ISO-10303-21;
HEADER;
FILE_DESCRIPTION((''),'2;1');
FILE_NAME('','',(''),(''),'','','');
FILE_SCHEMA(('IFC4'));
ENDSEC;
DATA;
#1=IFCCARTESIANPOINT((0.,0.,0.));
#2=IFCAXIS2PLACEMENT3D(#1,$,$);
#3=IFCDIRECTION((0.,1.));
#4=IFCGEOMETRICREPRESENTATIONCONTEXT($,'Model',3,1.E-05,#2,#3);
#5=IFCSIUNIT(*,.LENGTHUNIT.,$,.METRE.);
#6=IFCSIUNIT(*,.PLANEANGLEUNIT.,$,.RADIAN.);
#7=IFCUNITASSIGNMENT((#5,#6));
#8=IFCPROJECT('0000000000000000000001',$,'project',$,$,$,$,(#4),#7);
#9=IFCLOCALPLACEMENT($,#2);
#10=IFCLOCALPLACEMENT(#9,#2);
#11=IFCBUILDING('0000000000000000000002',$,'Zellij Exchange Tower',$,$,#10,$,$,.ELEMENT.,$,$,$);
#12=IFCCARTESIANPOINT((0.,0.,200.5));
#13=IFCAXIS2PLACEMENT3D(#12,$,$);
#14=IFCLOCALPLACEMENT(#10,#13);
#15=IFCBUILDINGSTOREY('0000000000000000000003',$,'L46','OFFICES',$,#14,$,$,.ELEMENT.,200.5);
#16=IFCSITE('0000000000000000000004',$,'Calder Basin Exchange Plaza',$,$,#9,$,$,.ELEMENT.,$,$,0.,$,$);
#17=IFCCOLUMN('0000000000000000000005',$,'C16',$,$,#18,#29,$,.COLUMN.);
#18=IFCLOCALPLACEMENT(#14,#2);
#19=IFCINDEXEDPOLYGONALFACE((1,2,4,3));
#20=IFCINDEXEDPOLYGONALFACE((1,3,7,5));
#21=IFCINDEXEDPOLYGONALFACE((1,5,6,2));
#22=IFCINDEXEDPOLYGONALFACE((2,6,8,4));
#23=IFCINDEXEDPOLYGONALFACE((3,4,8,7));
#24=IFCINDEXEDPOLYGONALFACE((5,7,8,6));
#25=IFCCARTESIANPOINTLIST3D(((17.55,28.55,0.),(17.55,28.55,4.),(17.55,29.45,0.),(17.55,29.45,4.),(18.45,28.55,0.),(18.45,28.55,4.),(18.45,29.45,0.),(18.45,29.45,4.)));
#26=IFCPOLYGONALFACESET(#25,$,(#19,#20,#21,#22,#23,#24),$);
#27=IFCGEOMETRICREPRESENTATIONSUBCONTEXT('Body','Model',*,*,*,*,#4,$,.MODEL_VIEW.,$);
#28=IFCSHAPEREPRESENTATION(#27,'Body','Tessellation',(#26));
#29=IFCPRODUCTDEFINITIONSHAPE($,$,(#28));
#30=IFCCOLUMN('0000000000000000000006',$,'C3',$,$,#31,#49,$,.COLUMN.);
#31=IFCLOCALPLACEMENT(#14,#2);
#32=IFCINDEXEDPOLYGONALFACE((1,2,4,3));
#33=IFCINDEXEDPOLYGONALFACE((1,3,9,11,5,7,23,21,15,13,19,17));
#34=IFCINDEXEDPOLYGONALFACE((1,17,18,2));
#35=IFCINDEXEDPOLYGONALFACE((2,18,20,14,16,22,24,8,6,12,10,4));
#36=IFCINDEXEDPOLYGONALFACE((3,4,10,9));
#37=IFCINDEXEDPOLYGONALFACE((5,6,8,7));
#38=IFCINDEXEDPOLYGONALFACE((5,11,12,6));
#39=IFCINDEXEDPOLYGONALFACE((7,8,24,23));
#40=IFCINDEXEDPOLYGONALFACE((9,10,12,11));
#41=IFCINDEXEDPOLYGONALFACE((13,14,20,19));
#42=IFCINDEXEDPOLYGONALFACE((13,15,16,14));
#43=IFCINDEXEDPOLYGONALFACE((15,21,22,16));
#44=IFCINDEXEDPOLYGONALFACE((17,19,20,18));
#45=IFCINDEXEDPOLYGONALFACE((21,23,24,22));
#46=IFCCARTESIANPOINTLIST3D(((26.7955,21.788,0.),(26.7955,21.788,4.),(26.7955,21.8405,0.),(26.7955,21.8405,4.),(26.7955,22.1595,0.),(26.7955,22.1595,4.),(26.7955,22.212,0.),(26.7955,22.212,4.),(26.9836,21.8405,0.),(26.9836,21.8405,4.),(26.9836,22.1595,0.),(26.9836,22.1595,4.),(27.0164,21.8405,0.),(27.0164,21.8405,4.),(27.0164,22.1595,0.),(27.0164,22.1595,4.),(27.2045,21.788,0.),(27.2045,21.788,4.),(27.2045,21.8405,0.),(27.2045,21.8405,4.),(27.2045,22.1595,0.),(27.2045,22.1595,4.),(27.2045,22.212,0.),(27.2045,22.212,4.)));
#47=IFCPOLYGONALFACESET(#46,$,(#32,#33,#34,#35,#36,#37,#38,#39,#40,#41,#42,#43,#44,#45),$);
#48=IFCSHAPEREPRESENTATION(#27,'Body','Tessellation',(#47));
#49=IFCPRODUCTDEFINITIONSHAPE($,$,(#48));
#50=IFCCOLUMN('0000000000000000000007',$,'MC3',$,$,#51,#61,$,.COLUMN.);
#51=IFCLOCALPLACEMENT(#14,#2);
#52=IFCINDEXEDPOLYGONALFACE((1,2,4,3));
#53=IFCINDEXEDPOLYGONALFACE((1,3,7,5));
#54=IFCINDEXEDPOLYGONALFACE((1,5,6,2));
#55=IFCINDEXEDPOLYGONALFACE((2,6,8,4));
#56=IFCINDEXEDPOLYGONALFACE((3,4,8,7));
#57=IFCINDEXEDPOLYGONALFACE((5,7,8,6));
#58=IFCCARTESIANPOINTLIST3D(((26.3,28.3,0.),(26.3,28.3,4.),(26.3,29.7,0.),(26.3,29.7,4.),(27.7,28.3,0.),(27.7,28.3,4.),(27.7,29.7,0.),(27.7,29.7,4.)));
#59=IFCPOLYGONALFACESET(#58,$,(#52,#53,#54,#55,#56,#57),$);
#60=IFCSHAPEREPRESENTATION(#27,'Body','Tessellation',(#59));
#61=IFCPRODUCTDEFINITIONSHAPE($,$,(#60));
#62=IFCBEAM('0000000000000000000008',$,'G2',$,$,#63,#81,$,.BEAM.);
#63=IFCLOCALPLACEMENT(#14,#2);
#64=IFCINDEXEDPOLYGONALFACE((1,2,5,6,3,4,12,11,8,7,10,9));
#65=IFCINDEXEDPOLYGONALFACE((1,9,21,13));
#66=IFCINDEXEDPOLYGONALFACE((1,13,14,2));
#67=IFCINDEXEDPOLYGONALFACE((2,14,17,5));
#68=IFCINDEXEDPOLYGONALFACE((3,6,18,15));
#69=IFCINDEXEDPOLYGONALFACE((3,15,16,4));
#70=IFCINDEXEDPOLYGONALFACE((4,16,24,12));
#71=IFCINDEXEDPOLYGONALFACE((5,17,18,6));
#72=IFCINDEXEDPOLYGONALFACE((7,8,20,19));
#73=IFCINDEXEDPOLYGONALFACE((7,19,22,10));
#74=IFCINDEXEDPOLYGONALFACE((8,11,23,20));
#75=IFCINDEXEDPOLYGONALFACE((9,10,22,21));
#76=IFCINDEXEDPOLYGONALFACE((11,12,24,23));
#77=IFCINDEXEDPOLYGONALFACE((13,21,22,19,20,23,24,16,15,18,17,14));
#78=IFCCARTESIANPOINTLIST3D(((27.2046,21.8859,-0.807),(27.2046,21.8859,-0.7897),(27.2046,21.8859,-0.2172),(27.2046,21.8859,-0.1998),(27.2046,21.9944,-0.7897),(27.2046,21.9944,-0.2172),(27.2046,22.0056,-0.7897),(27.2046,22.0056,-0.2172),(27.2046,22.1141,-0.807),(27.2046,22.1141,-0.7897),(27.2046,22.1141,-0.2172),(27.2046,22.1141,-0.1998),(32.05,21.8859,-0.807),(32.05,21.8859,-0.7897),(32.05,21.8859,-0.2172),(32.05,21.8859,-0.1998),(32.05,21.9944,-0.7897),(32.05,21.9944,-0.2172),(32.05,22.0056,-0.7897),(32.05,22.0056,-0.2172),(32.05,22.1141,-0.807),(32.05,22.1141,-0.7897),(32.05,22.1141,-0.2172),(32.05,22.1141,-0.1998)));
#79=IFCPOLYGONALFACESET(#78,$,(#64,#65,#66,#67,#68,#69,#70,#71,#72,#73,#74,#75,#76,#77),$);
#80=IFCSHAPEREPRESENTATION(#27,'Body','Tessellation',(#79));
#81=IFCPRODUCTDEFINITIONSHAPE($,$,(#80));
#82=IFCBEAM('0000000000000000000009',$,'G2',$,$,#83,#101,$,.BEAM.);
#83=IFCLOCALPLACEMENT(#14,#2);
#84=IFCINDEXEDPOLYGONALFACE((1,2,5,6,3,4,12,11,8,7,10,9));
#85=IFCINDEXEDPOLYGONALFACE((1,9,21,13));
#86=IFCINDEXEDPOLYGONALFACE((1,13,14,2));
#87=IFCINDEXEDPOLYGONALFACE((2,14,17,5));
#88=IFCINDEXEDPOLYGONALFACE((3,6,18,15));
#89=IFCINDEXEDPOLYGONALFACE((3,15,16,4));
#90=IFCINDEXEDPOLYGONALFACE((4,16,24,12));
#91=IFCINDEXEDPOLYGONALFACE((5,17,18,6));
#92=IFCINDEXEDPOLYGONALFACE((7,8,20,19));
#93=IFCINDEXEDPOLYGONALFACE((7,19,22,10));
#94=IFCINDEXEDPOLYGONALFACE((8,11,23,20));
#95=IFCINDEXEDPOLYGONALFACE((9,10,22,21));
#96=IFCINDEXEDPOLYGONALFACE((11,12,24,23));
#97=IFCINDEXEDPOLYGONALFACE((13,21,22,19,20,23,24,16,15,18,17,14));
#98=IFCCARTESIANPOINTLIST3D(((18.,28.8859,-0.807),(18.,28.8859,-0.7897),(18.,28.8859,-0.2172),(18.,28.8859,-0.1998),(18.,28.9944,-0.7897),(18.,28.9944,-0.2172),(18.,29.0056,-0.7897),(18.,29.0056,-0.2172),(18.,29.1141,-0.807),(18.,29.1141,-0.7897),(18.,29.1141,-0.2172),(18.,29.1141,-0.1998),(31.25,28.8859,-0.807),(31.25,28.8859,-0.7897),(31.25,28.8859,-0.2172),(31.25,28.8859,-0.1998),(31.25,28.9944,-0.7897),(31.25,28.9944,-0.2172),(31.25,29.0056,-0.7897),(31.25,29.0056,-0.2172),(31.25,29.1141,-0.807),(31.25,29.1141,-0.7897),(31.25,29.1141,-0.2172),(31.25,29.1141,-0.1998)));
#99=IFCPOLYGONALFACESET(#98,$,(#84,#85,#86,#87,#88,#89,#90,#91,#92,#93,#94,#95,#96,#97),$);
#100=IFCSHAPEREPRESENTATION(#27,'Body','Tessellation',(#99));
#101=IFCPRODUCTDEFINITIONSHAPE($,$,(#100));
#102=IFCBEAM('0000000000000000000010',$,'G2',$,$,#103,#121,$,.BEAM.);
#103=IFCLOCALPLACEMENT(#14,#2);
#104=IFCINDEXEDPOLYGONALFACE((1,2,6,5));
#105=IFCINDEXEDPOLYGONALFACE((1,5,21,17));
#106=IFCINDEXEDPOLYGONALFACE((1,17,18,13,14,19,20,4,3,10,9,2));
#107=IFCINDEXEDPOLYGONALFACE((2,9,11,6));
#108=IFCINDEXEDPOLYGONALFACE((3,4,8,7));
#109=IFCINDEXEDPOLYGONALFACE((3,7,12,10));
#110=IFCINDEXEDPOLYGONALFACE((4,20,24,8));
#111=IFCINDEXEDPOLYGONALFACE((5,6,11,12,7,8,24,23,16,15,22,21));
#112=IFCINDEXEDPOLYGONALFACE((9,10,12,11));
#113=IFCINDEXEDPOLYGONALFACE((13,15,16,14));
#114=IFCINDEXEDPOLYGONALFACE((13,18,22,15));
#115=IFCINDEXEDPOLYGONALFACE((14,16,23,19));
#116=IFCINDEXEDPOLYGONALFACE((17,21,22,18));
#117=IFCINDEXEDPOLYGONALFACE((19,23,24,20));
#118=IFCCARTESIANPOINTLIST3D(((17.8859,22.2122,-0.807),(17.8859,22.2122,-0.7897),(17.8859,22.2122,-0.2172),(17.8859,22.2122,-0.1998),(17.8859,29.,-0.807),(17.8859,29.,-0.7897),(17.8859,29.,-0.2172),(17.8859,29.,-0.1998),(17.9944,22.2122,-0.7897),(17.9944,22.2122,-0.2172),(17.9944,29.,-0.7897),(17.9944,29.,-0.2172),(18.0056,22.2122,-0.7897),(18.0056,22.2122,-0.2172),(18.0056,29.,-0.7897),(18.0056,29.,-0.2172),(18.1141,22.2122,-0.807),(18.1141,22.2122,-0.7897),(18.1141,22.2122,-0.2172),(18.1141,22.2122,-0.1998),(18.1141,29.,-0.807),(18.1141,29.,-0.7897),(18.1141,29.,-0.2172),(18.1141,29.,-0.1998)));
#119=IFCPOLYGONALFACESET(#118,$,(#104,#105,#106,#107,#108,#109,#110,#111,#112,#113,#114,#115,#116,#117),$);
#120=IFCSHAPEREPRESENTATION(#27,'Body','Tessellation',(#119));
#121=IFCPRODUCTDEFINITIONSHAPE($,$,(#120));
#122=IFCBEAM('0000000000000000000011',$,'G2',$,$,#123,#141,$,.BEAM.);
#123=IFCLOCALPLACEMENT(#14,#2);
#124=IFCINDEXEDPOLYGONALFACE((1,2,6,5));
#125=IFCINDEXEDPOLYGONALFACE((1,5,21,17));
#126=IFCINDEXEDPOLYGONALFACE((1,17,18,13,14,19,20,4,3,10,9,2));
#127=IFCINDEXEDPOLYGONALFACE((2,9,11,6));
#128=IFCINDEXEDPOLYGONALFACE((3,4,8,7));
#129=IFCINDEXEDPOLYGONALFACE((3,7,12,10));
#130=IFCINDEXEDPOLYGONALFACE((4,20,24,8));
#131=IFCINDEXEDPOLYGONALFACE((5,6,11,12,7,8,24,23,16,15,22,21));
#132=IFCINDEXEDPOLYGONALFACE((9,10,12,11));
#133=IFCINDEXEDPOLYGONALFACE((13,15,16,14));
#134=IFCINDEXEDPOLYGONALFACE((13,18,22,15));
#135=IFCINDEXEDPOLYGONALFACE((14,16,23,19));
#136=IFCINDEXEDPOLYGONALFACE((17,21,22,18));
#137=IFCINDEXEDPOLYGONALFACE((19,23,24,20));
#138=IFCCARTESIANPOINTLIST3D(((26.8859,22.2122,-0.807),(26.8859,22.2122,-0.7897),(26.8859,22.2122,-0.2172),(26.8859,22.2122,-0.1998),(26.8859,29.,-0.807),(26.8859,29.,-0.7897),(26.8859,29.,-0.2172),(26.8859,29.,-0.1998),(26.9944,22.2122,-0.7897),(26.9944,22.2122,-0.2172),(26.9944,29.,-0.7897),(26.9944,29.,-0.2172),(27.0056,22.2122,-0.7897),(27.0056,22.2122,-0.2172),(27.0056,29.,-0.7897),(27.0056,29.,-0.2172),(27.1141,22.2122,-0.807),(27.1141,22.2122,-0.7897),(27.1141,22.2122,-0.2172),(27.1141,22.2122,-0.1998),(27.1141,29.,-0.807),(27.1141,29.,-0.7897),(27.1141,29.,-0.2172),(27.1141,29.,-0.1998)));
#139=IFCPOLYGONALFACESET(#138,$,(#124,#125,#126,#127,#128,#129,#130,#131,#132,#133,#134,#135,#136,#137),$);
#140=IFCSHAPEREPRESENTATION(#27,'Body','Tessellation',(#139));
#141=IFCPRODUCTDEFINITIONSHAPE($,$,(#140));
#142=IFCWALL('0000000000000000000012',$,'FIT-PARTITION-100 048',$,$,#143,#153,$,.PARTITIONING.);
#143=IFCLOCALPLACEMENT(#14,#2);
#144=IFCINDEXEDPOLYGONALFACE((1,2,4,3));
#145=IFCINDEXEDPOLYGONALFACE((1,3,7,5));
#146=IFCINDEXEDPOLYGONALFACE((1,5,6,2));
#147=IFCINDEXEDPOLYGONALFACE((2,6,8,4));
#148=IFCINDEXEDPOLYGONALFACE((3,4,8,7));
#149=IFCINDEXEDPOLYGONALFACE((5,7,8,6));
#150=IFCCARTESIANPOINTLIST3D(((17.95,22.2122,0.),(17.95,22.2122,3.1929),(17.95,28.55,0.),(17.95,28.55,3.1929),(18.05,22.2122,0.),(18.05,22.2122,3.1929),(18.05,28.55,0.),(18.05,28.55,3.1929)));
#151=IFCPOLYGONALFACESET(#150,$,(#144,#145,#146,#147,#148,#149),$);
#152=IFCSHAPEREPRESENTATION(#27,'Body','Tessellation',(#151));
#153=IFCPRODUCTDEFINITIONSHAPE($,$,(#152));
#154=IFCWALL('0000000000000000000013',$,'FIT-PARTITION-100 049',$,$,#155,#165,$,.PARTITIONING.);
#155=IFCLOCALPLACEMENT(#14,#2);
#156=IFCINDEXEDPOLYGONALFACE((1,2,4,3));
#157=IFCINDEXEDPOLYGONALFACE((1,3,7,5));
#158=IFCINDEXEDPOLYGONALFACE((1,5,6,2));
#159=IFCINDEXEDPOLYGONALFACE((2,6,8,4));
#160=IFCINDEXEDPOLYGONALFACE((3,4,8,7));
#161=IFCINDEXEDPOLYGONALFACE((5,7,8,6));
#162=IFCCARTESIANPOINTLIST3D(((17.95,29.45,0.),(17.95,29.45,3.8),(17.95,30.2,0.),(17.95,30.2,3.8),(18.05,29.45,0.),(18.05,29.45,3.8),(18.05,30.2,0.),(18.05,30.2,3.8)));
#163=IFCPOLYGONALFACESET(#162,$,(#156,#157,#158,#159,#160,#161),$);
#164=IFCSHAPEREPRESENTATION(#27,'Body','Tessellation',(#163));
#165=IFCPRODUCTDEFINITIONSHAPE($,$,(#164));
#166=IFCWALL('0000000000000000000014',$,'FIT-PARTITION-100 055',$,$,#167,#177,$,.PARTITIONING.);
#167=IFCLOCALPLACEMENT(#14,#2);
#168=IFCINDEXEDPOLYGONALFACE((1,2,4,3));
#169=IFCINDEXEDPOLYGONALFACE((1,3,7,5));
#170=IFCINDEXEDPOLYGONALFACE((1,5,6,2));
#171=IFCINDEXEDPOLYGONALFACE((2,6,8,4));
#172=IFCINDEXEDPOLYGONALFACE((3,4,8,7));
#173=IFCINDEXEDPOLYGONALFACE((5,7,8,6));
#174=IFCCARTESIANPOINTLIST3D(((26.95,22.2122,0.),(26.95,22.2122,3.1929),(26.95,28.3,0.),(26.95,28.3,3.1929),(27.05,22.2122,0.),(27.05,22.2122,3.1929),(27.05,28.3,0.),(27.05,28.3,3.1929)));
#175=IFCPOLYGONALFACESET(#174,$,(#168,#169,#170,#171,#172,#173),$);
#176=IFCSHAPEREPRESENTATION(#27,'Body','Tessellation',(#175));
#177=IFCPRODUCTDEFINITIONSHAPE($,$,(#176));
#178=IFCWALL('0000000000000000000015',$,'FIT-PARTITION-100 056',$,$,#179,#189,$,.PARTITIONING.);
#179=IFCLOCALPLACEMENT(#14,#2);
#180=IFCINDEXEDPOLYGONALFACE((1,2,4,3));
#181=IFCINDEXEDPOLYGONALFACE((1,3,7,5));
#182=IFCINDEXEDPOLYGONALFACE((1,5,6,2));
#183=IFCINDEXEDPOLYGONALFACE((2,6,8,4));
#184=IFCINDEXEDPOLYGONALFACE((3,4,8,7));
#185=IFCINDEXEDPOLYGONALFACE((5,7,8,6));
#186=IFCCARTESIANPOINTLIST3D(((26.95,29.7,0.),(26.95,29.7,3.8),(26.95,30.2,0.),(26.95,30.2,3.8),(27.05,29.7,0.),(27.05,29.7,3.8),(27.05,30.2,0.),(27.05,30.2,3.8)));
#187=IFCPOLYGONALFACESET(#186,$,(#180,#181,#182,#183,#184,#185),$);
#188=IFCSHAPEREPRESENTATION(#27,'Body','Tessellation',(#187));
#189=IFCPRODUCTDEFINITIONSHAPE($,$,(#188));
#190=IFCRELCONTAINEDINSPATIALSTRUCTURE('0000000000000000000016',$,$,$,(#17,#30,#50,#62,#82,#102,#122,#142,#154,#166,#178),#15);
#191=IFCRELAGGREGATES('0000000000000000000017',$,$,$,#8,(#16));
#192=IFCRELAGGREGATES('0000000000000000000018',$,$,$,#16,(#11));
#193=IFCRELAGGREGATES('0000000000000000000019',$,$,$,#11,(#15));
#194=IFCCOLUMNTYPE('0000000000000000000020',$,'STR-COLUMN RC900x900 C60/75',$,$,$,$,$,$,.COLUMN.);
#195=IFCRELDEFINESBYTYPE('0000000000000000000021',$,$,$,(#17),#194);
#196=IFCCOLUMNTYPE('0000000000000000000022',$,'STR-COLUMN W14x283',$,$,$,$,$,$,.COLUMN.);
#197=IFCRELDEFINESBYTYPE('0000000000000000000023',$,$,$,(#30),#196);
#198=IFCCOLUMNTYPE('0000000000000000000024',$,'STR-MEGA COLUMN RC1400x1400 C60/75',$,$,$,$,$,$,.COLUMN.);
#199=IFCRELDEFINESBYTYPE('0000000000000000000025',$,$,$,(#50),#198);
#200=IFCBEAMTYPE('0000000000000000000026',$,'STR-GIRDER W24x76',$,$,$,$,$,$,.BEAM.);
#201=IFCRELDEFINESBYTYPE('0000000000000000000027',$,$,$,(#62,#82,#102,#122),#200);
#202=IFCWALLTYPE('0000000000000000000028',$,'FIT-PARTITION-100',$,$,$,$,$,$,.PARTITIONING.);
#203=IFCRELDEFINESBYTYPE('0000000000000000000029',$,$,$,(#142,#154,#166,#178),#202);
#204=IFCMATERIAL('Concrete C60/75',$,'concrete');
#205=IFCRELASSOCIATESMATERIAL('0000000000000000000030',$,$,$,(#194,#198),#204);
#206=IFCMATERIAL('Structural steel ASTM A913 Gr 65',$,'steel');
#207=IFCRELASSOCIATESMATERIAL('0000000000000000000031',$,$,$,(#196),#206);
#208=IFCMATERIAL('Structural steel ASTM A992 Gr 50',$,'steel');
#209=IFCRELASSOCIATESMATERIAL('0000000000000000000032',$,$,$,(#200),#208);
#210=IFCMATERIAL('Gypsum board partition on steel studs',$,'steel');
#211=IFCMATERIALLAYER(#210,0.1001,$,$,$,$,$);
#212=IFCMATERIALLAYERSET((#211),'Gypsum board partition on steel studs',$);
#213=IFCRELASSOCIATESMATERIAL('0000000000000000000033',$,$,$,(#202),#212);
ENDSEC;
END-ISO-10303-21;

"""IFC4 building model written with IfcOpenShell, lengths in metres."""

from ifc_helpers import new_model, si_unit, direction, frame, frame_2d, origin, origin_2d, place, context, subcontext, project, spatial, rectangle, i_section, extrude, material, layer, layer_set, material_profile, profile_set, type_object, element, save


model = new_model("IFC4")

# Units and contexts
model_context = context("Model", 3, precision=1e-05, world=origin(), true_north=direction((0.0, 1.0)))
body_context = subcontext(model_context, "Body", "Model", "MODEL_VIEW")
ifc_project = project(units=[si_unit("LENGTHUNIT", "METRE"), si_unit("PLANEANGLEUNIT", "RADIAN")], contexts=[model_context])

# Site, building, storey
site_placement = place(None, origin())
site = spatial("IfcSite", under=ifc_project, at=site_placement, Name="Calder Basin Exchange Plaza", CompositionType="ELEMENT", RefElevation=0.0)
building_placement = place(site_placement, origin())
building = spatial("IfcBuilding", under=site, at=building_placement, Name="Zellij Exchange Tower", CompositionType="ELEMENT")
storey_placement = place(building_placement, frame((0.0, 0.0, 200.5)))
storey = spatial("IfcBuildingStorey", under=building, at=storey_placement, Name="L46", Description="OFFICES", CompositionType="ELEMENT", Elevation=200.5)

# Columns
ifc_material_1 = material(Name="Concrete C60/75", Category="concrete")
ifc_material_profile_1 = material_profile(ifc_material_1, rectangle(XDim=0.8999, YDim=0.8999, at=origin_2d()), Name="STR-COLUMN RC900x900 C60/75")
ifc_profile_set_1 = profile_set([ifc_material_profile_1], Name="Concrete C60/75")
column_type_1 = type_object("IfcColumnType", Name="STR-COLUMN RC900x900 C60/75", PredefinedType="COLUMN", material=ifc_profile_set_1)
column_1_placement = place(storey_placement, frame((18.0, 29.0, 0.0), z_axis=(0.0, 0.0, 1.0), x_axis=(1.0, 0.0, 0.0)))
element("IfcColumn", 1, at=column_1_placement, inside=storey, type_object=column_type_1, Name="C16", PredefinedType="COLUMN", context=body_context, shape_type="SweptSolid", body=[
    extrude(rectangle(XDim=0.8999, YDim=0.8999, at=origin_2d()), origin(), (0.0, 0.0, 1.0), 4.0),
])
ifc_material_2 = material(Name="Structural steel ASTM A913 Gr 65", Category="steel")
ifc_material_profile_2 = material_profile(ifc_material_2, i_section(OverallWidth=0.4089, OverallDepth=0.4241, WebThickness=0.0327, FlangeThickness=0.0525, at=origin_2d()), Name="W14x283")
ifc_profile_set_2 = profile_set([ifc_material_profile_2], Name="Structural steel ASTM A913 Gr 65")
column_type_2 = type_object("IfcColumnType", Name="STR-COLUMN W14x283", PredefinedType="COLUMN", material=ifc_profile_set_2)
column_2_placement = place(storey_placement, frame((27.0, 22.0, 0.0), z_axis=(0.0, 0.0, 1.0), x_axis=(1.0, 0.0, 0.0)))
element("IfcColumn", 2, at=column_2_placement, inside=storey, type_object=column_type_2, Name="C3", PredefinedType="COLUMN", context=body_context, shape_type="SweptSolid", body=[
    extrude(i_section(OverallWidth=0.4089, OverallDepth=0.4241, WebThickness=0.0327, FlangeThickness=0.0525, at=origin_2d()), origin(), (0.0, 0.0, 1.0), 4.0),
])
ifc_material_profile_3 = material_profile(ifc_material_1, rectangle(XDim=1.3999, YDim=1.3999, at=origin_2d()), Name="STR-MEGA COLUMN RC1400x1400 C60/75")
ifc_profile_set_3 = profile_set([ifc_material_profile_3], Name="Concrete C60/75")
column_type_3 = type_object("IfcColumnType", Name="STR-MEGA COLUMN RC1400x1400 C60/75", PredefinedType="COLUMN", material=ifc_profile_set_3)
column_3_placement = place(storey_placement, frame((27.0, 29.0, 0.0), z_axis=(0.0, 0.0, 1.0), x_axis=(1.0, 0.0, 0.0)))
element("IfcColumn", 3, at=column_3_placement, inside=storey, type_object=column_type_3, Name="MC3", PredefinedType="COLUMN", context=body_context, shape_type="SweptSolid", body=[
    extrude(rectangle(XDim=1.3999, YDim=1.3999, at=origin_2d()), origin(), (0.0, 0.0, 1.0), 4.0),
])

# Beams
ifc_material_3 = material(Name="Structural steel ASTM A992 Gr 50", Category="steel")
ifc_material_profile_4 = material_profile(ifc_material_3, i_section(OverallWidth=0.2283, OverallDepth=0.6072, WebThickness=0.0112, FlangeThickness=0.0173, at=origin_2d()), Name="W24x76")
ifc_profile_set_4 = profile_set([ifc_material_profile_4], Name="Structural steel ASTM A992 Gr 50")
beam_type = type_object("IfcBeamType", Name="STR-GIRDER W24x76", PredefinedType="BEAM", material=ifc_profile_set_4)
beam_1_placement = place(storey_placement, frame((27.2046, 22.0, -0.5034), z_axis=(1.0, 0.0, 0.0), x_axis=(0.0, 1.0, 0.0)))
element("IfcBeam", 4, at=beam_1_placement, inside=storey, type_object=beam_type, Name="G2", PredefinedType="BEAM", context=body_context, shape_type="SweptSolid", body=[
    extrude(i_section(OverallWidth=0.2283, OverallDepth=0.6072, WebThickness=0.0112, FlangeThickness=0.0173, at=origin_2d()), origin(), (0.0, 0.0, 1.0), 4.8455),
])
beam_2_placement = place(storey_placement, frame((18.0, 29.0, -0.5034), z_axis=(1.0, 0.0, 0.0), x_axis=(0.0, 1.0, 0.0)))
element("IfcBeam", 5, at=beam_2_placement, inside=storey, type_object=beam_type, Name="G2", PredefinedType="BEAM", context=body_context, shape_type="SweptSolid", body=[
    extrude(i_section(OverallWidth=0.2283, OverallDepth=0.6072, WebThickness=0.0112, FlangeThickness=0.0173, at=origin_2d()), origin(), (0.0, 0.0, 1.0), 13.25),
])
for number, where, z_axis, x_axis, name in (
    (6, (18.0, 22.2122, -0.5034), (0.0, 1.0, 0.0), (-1.0, 0.0, 0.0), "G2"),
    (7, (27.0, 22.2122, -0.5034), (0.0, 1.0, 0.0), (-1.0, 0.0, 0.0), "G2"),
):
    element("IfcBeam", number, at=place(storey_placement, frame(where, z_axis=z_axis, x_axis=x_axis)), inside=storey, type_object=beam_type, Name=name, PredefinedType="BEAM", context=body_context, shape_type="SweptSolid", body=[
        extrude(i_section(OverallWidth=0.2283, OverallDepth=0.6072, WebThickness=0.0112, FlangeThickness=0.0173, at=origin_2d()), origin(), (0.0, 0.0, 1.0), 6.7878),
    ])

# Walls
ifc_material_4 = material(Name="Gypsum board partition on steel studs", Category="steel")
ifc_layer = layer(ifc_material_4, 0.1001)
ifc_layer_set = layer_set([ifc_layer], Name="Gypsum board partition on steel studs")
wall_type = type_object("IfcWallType", Name="FIT-PARTITION-100", PredefinedType="PARTITIONING", material=ifc_layer_set)
wall_1_placement = place(storey_placement, frame((18.0, 22.2122, 0.0), z_axis=(0.0, 0.0, 1.0), x_axis=(0.0, 1.0, 0.0)))
element("IfcWall", 8, at=wall_1_placement, inside=storey, type_object=wall_type, Name="FIT-PARTITION-100 048", PredefinedType="PARTITIONING", context=body_context, shape_type="SweptSolid", body=[
    extrude(rectangle(XDim=6.3379, YDim=0.1001, at=frame_2d((3.1689, 0.0))), origin(), (0.0, 0.0, 1.0), 3.1929),
])
wall_2_placement = place(storey_placement, frame((18.0, 29.45, 0.0), z_axis=(0.0, 0.0, 1.0), x_axis=(0.0, 1.0, 0.0)))
element("IfcWall", 9, at=wall_2_placement, inside=storey, type_object=wall_type, Name="FIT-PARTITION-100 049", PredefinedType="PARTITIONING", context=body_context, shape_type="SweptSolid", body=[
    extrude(rectangle(XDim=0.75, YDim=0.1001, at=frame_2d((0.375, 0.0))), origin(), (0.0, 0.0, 1.0), 3.8),
])
wall_3_placement = place(storey_placement, frame((27.0, 22.2122, 0.0), z_axis=(0.0, 0.0, 1.0), x_axis=(0.0, 1.0, 0.0)))
element("IfcWall", 10, at=wall_3_placement, inside=storey, type_object=wall_type, Name="FIT-PARTITION-100 055", PredefinedType="PARTITIONING", context=body_context, shape_type="SweptSolid", body=[
    extrude(rectangle(XDim=6.0879, YDim=0.1001, at=frame_2d((3.0439, 0.0))), origin(), (0.0, 0.0, 1.0), 3.1929),
])
wall_4_placement = place(storey_placement, frame((27.0, 29.7, 0.0), z_axis=(0.0, 0.0, 1.0), x_axis=(0.0, 1.0, 0.0)))
element("IfcWall", 11, at=wall_4_placement, inside=storey, type_object=wall_type, Name="FIT-PARTITION-100 056", PredefinedType="PARTITIONING", context=body_context, shape_type="SweptSolid", body=[
    extrude(rectangle(XDim=0.5, YDim=0.1001, at=frame_2d((0.25, 0.0))), origin(), (0.0, 0.0, 1.0), 3.8),
])

save(model, "model.ifc")
